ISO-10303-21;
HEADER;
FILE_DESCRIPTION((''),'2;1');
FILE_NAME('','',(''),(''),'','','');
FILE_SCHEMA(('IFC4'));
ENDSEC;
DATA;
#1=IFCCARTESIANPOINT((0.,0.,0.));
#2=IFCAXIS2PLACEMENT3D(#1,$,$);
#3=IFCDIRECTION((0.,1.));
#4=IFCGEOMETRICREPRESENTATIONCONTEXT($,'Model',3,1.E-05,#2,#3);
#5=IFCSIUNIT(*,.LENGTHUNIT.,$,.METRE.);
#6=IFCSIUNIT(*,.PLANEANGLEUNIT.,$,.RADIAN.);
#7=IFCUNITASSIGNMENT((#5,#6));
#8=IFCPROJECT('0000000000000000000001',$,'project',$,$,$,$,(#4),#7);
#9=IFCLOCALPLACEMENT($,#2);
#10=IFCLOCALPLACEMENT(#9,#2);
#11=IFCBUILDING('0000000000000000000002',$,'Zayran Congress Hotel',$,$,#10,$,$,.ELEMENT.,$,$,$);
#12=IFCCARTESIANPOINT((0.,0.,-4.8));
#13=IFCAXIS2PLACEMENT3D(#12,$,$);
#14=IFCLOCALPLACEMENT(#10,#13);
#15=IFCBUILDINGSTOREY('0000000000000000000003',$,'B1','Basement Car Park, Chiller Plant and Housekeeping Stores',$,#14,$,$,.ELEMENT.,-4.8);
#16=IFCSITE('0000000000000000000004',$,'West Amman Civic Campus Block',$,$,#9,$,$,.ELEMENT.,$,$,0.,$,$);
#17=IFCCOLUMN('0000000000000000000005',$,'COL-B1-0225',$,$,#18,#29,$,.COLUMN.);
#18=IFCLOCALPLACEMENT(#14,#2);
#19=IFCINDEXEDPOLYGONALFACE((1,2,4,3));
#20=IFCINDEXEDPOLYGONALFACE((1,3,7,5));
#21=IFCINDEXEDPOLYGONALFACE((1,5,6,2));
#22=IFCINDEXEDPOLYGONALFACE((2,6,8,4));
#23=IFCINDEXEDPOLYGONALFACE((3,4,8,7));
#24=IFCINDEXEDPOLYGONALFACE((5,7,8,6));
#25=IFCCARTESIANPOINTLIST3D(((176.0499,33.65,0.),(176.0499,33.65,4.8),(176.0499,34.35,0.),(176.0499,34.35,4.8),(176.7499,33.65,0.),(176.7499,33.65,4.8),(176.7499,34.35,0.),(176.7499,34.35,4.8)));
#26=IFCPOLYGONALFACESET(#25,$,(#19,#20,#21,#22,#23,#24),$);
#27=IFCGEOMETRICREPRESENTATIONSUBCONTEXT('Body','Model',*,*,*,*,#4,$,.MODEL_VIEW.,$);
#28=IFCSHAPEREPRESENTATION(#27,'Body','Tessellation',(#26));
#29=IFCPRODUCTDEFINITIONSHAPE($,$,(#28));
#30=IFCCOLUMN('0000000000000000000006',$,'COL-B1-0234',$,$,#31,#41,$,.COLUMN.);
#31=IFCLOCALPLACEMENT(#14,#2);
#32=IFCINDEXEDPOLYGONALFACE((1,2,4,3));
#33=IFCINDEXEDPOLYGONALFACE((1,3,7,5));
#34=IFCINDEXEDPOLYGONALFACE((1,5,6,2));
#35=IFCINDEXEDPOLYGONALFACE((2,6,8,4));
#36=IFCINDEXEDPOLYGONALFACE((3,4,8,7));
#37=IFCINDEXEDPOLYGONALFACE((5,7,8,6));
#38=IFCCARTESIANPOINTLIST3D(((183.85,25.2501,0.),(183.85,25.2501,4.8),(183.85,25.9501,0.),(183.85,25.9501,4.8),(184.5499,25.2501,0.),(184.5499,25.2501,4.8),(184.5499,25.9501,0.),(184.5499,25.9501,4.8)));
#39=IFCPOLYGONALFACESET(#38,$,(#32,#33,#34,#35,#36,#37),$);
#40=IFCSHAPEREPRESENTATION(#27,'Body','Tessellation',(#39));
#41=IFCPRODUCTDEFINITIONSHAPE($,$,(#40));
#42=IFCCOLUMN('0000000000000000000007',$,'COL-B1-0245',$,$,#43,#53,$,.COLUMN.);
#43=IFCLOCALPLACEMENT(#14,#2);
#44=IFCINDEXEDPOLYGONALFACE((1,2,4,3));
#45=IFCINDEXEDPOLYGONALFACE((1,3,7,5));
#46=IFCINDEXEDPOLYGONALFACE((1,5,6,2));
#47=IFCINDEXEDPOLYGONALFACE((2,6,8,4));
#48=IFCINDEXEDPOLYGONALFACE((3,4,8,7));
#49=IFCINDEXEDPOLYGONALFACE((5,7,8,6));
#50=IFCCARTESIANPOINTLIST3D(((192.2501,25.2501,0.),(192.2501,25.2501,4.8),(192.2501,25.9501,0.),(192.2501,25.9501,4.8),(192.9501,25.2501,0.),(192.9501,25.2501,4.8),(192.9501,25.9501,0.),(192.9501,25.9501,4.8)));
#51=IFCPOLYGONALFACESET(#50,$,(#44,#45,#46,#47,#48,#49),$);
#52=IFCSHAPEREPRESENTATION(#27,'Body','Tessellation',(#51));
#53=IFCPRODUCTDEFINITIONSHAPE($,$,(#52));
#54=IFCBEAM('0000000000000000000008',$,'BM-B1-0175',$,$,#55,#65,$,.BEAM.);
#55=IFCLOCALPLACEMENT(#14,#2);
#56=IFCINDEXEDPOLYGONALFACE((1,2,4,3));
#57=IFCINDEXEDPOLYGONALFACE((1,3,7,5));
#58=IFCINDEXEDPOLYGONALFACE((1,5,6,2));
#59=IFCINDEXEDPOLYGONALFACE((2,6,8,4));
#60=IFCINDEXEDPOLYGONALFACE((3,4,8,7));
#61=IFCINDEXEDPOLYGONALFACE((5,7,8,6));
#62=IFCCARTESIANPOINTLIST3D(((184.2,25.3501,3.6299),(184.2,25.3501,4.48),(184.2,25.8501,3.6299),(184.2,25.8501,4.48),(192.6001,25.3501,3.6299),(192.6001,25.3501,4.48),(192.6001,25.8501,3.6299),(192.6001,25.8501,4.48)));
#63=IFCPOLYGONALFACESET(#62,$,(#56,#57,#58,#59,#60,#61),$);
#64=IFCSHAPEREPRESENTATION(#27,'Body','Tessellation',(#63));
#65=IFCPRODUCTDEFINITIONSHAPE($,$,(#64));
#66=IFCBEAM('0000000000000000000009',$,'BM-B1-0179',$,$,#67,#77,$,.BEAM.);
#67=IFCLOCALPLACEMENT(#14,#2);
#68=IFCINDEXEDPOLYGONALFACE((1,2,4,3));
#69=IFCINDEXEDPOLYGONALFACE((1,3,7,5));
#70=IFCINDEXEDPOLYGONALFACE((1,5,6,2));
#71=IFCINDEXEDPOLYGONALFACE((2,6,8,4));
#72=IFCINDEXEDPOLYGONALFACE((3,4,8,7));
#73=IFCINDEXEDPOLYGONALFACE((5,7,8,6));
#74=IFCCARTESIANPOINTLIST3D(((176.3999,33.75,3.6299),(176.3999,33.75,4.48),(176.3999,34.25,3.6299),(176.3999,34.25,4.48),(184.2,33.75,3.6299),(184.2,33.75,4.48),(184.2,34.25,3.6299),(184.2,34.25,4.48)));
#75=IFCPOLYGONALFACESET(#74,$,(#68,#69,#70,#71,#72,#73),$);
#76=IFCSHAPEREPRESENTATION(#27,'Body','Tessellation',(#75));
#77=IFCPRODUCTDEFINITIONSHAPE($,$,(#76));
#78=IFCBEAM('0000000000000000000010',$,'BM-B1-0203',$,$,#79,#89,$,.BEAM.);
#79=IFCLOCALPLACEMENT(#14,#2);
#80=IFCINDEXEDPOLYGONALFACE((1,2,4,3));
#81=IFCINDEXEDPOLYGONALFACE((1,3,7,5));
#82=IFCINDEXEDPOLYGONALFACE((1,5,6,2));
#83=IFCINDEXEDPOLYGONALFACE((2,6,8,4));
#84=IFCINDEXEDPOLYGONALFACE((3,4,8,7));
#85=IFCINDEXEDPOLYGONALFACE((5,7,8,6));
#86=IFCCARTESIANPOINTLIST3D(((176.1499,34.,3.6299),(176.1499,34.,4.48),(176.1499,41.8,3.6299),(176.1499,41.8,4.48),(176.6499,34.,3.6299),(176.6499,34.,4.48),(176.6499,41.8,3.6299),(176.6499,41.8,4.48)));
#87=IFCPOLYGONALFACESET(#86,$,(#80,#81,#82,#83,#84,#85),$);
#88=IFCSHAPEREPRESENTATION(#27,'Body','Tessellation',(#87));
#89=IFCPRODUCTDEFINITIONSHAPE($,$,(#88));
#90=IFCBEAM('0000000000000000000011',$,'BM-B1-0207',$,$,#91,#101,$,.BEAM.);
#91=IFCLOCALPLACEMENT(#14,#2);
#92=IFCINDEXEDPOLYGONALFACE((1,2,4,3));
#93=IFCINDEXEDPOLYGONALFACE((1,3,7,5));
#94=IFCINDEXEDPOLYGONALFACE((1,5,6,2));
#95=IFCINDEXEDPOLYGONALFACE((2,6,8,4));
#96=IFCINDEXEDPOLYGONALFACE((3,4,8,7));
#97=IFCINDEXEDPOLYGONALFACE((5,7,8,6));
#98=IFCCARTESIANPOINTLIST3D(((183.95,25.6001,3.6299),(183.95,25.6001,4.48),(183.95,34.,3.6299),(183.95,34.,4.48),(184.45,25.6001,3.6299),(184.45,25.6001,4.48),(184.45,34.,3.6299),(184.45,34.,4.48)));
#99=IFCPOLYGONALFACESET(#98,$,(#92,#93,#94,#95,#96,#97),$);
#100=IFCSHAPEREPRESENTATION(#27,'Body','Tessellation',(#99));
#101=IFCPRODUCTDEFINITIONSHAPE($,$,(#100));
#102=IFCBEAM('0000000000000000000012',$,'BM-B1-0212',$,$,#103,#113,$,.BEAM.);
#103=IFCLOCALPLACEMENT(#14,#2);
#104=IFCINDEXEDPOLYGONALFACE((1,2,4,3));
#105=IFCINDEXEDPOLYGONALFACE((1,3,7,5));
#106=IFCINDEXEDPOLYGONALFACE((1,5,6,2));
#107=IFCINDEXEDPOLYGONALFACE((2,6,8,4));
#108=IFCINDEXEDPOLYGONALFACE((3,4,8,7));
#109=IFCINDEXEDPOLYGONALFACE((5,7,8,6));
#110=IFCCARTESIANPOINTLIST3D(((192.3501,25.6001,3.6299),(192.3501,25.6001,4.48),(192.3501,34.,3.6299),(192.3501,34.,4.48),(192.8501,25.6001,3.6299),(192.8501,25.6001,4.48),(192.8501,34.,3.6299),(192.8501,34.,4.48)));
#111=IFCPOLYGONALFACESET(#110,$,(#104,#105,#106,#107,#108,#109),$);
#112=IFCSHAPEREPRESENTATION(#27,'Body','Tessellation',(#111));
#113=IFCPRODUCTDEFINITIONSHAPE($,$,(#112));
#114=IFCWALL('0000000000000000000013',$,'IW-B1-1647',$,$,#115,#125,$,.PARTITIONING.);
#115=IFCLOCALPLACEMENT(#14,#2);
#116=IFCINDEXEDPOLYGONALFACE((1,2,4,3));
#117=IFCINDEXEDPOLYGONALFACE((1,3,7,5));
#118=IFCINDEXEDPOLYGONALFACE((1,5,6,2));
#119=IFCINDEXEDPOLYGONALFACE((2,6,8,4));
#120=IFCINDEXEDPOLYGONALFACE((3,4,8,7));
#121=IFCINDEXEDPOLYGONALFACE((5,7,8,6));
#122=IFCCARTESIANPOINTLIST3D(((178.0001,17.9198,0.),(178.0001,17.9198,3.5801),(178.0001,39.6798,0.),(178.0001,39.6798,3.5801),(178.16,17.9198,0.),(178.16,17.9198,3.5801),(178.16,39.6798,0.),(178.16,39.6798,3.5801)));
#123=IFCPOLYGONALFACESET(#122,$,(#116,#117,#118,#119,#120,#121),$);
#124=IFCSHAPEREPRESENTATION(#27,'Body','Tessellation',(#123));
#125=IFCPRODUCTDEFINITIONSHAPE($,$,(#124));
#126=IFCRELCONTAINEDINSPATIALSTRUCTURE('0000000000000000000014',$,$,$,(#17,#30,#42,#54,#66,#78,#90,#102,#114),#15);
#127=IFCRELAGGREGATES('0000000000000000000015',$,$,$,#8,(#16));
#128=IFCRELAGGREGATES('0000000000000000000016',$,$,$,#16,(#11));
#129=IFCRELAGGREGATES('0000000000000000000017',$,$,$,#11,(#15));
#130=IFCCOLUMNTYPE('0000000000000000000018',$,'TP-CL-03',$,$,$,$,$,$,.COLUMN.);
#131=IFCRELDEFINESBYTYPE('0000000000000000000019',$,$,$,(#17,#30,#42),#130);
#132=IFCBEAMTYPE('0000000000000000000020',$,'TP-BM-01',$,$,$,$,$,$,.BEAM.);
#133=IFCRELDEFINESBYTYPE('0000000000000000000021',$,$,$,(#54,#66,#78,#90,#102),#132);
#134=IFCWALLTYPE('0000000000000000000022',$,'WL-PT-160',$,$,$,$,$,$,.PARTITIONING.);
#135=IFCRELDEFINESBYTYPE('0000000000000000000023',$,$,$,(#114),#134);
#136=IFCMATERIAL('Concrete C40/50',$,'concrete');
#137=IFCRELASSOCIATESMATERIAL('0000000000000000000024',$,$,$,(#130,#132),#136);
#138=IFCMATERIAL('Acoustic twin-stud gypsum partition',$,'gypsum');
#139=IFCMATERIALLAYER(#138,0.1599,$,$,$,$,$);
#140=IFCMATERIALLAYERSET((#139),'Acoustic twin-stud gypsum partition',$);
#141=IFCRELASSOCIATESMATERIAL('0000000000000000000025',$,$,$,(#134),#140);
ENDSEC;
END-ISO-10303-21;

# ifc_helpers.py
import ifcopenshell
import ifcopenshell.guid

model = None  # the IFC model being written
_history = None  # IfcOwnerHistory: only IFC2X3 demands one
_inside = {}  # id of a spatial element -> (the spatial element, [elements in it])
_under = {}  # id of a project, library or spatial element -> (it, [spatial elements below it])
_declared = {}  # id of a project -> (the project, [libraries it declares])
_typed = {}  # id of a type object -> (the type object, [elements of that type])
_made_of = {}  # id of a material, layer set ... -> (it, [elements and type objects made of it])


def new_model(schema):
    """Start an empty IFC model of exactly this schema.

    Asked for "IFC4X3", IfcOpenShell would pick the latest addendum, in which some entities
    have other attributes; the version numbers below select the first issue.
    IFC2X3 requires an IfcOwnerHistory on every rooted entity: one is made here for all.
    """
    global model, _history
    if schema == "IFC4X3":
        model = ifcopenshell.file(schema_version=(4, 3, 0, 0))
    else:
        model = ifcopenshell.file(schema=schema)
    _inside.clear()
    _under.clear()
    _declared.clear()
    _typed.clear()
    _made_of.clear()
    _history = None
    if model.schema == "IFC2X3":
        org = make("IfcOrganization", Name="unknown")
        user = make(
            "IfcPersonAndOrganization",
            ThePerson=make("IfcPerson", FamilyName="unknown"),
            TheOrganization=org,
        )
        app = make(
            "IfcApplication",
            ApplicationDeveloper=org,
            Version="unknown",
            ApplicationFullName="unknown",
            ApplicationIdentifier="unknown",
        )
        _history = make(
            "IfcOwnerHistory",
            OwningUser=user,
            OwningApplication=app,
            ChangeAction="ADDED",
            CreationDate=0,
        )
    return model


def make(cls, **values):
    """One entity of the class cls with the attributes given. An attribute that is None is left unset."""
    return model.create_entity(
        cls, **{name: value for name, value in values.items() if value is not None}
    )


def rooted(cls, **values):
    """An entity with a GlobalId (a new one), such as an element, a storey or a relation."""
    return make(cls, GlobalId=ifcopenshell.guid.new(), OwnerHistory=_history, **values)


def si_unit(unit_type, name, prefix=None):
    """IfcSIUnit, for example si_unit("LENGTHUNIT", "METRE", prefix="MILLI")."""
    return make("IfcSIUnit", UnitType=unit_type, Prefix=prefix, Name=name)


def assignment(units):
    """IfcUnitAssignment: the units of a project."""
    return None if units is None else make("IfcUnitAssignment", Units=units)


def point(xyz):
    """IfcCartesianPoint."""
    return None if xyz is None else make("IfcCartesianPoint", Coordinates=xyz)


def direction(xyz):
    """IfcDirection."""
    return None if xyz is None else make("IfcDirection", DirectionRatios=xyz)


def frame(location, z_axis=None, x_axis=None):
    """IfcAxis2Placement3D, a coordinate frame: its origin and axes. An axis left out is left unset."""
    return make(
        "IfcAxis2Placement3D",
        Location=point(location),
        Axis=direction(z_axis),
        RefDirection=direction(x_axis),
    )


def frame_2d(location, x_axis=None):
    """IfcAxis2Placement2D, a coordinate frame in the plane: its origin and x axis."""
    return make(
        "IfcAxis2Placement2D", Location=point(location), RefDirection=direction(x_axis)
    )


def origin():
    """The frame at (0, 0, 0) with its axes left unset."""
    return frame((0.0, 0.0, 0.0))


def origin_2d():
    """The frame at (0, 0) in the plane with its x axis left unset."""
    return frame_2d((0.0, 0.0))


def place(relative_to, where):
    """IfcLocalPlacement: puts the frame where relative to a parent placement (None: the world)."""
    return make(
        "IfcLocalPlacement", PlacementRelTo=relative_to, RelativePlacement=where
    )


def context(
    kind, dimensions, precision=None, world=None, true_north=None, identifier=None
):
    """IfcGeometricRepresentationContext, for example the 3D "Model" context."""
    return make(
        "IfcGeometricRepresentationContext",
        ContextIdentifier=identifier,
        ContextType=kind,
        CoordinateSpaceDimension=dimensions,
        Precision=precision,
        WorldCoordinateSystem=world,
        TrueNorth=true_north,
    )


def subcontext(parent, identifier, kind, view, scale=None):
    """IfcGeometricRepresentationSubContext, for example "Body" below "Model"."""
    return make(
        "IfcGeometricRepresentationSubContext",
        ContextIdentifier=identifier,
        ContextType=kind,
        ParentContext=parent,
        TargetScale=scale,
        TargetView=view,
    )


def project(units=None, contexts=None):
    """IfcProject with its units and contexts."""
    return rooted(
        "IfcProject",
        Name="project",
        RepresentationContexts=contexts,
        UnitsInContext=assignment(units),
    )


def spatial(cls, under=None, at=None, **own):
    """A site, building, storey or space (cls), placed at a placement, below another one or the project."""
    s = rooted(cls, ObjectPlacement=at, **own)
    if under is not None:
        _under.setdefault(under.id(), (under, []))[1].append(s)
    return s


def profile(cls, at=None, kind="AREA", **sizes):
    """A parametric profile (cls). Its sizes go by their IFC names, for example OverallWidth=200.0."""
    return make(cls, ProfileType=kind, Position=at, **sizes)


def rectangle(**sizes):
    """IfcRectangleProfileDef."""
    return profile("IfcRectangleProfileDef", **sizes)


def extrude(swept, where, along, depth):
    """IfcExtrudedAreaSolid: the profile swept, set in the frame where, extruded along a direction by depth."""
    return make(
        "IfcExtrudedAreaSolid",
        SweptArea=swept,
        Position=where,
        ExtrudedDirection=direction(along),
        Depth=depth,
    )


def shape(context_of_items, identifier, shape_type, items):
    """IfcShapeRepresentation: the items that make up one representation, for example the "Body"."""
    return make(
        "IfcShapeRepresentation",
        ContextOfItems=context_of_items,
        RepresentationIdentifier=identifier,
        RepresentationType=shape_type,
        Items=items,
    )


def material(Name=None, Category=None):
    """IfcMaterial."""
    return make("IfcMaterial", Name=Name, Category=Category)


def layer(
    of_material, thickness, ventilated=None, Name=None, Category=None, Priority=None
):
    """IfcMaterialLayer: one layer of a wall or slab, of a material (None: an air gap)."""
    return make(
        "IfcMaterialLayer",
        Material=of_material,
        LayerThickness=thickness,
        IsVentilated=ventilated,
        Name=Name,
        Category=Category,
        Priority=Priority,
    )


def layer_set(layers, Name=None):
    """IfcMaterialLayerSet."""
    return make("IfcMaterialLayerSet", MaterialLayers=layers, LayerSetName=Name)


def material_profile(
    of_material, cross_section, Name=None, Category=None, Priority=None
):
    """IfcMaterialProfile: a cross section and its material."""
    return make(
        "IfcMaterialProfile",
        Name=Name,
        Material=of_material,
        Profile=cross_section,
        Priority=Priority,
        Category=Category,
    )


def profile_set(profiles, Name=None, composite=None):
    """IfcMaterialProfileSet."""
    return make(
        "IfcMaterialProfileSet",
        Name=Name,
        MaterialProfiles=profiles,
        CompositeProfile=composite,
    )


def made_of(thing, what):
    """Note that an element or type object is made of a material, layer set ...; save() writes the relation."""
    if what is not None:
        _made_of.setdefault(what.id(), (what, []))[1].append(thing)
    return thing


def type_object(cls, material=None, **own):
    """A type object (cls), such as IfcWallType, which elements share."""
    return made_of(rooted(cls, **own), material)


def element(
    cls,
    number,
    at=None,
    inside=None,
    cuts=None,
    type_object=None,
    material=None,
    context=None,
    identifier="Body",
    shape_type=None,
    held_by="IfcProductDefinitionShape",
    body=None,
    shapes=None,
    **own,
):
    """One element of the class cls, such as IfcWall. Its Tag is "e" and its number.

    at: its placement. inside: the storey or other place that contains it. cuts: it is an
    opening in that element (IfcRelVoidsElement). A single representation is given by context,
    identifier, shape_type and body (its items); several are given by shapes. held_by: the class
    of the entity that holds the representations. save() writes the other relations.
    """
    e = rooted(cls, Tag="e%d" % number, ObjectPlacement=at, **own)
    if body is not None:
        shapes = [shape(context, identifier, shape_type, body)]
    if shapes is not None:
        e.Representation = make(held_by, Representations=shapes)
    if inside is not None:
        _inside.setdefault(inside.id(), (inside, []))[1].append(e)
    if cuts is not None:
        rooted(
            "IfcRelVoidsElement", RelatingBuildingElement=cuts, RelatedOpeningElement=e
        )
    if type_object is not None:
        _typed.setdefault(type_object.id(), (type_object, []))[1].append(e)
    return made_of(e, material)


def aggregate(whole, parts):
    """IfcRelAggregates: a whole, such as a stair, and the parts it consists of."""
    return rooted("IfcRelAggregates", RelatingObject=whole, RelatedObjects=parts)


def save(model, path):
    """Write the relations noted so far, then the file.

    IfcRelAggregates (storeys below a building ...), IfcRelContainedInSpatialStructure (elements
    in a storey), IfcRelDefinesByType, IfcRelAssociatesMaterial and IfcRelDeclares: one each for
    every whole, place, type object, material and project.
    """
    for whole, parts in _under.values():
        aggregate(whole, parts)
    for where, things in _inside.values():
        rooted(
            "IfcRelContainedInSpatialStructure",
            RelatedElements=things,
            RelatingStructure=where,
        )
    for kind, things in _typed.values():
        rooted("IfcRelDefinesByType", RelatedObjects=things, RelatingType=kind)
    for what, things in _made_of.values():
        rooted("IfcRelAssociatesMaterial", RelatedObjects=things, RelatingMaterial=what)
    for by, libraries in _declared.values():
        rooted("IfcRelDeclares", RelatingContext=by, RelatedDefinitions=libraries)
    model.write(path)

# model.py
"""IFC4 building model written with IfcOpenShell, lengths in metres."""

from ifc_helpers import new_model, si_unit, direction, frame, frame_2d, origin, origin_2d, place, context, subcontext, project, spatial, rectangle, extrude, material, layer, layer_set, material_profile, profile_set, type_object, element, save


model = new_model("IFC4")

# Units and contexts
model_context = context("Model", 3, precision=1e-05, world=origin(), true_north=direction((0.0, 1.0)))
body_context = subcontext(model_context, "Body", "Model", "MODEL_VIEW")
ifc_project = project(units=[si_unit("LENGTHUNIT", "METRE"), si_unit("PLANEANGLEUNIT", "RADIAN")], contexts=[model_context])

# Site, building, storey
site_placement = place(None, origin())
site = spatial("IfcSite", under=ifc_project, at=site_placement, Name="West Amman Civic Campus Block", CompositionType="ELEMENT", RefElevation=0.0)
building_placement = place(site_placement, origin())
building = spatial("IfcBuilding", under=site, at=building_placement, Name="Zayran Congress Hotel", CompositionType="ELEMENT")
storey_placement = place(building_placement, frame((0.0, 0.0, -4.8)))
storey = spatial("IfcBuildingStorey", under=building, at=storey_placement, Name="B1", Description="Basement Car Park, Chiller Plant and Housekeeping Stores", CompositionType="ELEMENT", Elevation=-4.8)

# Shared definitions
ifc_material_1 = material(Name="Concrete C40/50", Category="concrete")

# Columns
ifc_material_profile_1 = material_profile(ifc_material_1, rectangle(XDim=0.7, YDim=0.7, at=origin_2d()), Name="RC 700x700")
ifc_profile_set_1 = profile_set([ifc_material_profile_1], Name="Concrete C40/50")
column_type = type_object("IfcColumnType", Name="TP-CL-03", PredefinedType="COLUMN", material=ifc_profile_set_1)
for number, where, z_axis, x_axis, name in (
    (1, (176.3999, 34.0, 0.0), (0.0, 0.0, 1.0), (1.0, 0.0, 0.0), "COL-B1-0225"),
    (2, (184.2, 25.6001, 0.0), (0.0, 0.0, 1.0), (1.0, 0.0, 0.0), "COL-B1-0234"),
    (3, (192.6001, 25.6001, 0.0), (0.0, 0.0, 1.0), (1.0, 0.0, 0.0), "COL-B1-0245"),
):
    element("IfcColumn", number, at=place(storey_placement, frame(where, z_axis=z_axis, x_axis=x_axis)), inside=storey, type_object=column_type, Name=name, PredefinedType="COLUMN", context=body_context, shape_type="SweptSolid", body=[
        extrude(rectangle(XDim=0.7, YDim=0.7, at=origin_2d()), origin(), (0.0, 0.0, 1.0), 4.8),
    ])

# Beams
ifc_material_profile_2 = material_profile(ifc_material_1, rectangle(XDim=0.5, YDim=0.8501, at=origin_2d()), Name="RC 500x850")
ifc_profile_set_2 = profile_set([ifc_material_profile_2], Name="Concrete C40/50")
beam_type = type_object("IfcBeamType", Name="TP-BM-01", PredefinedType="BEAM", material=ifc_profile_set_2)
beam_placement = place(storey_placement, frame((184.2, 25.6001, 4.0549), z_axis=(1.0, 0.0, 0.0), x_axis=(0.0, 1.0, 0.0)))
element("IfcBeam", 4, at=beam_placement, inside=storey, type_object=beam_type, Name="BM-B1-0175", PredefinedType="BEAM", context=body_context, shape_type="SweptSolid", body=[
    extrude(rectangle(XDim=0.5, YDim=0.8501, at=origin_2d()), origin(), (0.0, 0.0, 1.0), 8.4001),
])
for number, where, z_axis, x_axis, name in (
    (5, (176.3999, 34.0, 4.0549), (1.0, 0.0, 0.0), (0.0, 1.0, 0.0), "BM-B1-0179"),
    (6, (176.3999, 34.0, 4.0549), (0.0, 1.0, 0.0), (-1.0, 0.0, 0.0), "BM-B1-0203"),
):
    element("IfcBeam", number, at=place(storey_placement, frame(where, z_axis=z_axis, x_axis=x_axis)), inside=storey, type_object=beam_type, Name=name, PredefinedType="BEAM", context=body_context, shape_type="SweptSolid", body=[
        extrude(rectangle(XDim=0.5, YDim=0.8501, at=origin_2d()), origin(), (0.0, 0.0, 1.0), 7.8),
    ])
for number, where, z_axis, x_axis, name in (
    (7, (184.2, 25.6001, 4.0549), (0.0, 1.0, 0.0), (-1.0, 0.0, 0.0), "BM-B1-0207"),
    (8, (192.6001, 25.6001, 4.0549), (0.0, 1.0, 0.0), (-1.0, 0.0, 0.0), "BM-B1-0212"),
):
    element("IfcBeam", number, at=place(storey_placement, frame(where, z_axis=z_axis, x_axis=x_axis)), inside=storey, type_object=beam_type, Name=name, PredefinedType="BEAM", context=body_context, shape_type="SweptSolid", body=[
        extrude(rectangle(XDim=0.5, YDim=0.8501, at=origin_2d()), origin(), (0.0, 0.0, 1.0), 8.3999),
    ])

# Wall
ifc_material_2 = material(Name="Acoustic twin-stud gypsum partition", Category="gypsum")
ifc_layer = layer(ifc_material_2, 0.1599)
ifc_layer_set = layer_set([ifc_layer], Name="Acoustic twin-stud gypsum partition")
wall_type = type_object("IfcWallType", Name="WL-PT-160", PredefinedType="PARTITIONING", material=ifc_layer_set)
wall_placement = place(storey_placement, frame((178.0801, 17.9199, 0.0), z_axis=(0.0, 0.0, 1.0), x_axis=(0.0, 1.0, 0.0)))
element("IfcWall", 9, at=wall_placement, inside=storey, type_object=wall_type, Name="IW-B1-1647", PredefinedType="PARTITIONING", context=body_context, shape_type="SweptSolid", body=[
    extrude(rectangle(XDim=21.76, YDim=0.1599, at=frame_2d((10.8799, 0.0))), origin(), (0.0, 0.0, 1.0), 3.5801),
])

save(model, "model.ifc")
